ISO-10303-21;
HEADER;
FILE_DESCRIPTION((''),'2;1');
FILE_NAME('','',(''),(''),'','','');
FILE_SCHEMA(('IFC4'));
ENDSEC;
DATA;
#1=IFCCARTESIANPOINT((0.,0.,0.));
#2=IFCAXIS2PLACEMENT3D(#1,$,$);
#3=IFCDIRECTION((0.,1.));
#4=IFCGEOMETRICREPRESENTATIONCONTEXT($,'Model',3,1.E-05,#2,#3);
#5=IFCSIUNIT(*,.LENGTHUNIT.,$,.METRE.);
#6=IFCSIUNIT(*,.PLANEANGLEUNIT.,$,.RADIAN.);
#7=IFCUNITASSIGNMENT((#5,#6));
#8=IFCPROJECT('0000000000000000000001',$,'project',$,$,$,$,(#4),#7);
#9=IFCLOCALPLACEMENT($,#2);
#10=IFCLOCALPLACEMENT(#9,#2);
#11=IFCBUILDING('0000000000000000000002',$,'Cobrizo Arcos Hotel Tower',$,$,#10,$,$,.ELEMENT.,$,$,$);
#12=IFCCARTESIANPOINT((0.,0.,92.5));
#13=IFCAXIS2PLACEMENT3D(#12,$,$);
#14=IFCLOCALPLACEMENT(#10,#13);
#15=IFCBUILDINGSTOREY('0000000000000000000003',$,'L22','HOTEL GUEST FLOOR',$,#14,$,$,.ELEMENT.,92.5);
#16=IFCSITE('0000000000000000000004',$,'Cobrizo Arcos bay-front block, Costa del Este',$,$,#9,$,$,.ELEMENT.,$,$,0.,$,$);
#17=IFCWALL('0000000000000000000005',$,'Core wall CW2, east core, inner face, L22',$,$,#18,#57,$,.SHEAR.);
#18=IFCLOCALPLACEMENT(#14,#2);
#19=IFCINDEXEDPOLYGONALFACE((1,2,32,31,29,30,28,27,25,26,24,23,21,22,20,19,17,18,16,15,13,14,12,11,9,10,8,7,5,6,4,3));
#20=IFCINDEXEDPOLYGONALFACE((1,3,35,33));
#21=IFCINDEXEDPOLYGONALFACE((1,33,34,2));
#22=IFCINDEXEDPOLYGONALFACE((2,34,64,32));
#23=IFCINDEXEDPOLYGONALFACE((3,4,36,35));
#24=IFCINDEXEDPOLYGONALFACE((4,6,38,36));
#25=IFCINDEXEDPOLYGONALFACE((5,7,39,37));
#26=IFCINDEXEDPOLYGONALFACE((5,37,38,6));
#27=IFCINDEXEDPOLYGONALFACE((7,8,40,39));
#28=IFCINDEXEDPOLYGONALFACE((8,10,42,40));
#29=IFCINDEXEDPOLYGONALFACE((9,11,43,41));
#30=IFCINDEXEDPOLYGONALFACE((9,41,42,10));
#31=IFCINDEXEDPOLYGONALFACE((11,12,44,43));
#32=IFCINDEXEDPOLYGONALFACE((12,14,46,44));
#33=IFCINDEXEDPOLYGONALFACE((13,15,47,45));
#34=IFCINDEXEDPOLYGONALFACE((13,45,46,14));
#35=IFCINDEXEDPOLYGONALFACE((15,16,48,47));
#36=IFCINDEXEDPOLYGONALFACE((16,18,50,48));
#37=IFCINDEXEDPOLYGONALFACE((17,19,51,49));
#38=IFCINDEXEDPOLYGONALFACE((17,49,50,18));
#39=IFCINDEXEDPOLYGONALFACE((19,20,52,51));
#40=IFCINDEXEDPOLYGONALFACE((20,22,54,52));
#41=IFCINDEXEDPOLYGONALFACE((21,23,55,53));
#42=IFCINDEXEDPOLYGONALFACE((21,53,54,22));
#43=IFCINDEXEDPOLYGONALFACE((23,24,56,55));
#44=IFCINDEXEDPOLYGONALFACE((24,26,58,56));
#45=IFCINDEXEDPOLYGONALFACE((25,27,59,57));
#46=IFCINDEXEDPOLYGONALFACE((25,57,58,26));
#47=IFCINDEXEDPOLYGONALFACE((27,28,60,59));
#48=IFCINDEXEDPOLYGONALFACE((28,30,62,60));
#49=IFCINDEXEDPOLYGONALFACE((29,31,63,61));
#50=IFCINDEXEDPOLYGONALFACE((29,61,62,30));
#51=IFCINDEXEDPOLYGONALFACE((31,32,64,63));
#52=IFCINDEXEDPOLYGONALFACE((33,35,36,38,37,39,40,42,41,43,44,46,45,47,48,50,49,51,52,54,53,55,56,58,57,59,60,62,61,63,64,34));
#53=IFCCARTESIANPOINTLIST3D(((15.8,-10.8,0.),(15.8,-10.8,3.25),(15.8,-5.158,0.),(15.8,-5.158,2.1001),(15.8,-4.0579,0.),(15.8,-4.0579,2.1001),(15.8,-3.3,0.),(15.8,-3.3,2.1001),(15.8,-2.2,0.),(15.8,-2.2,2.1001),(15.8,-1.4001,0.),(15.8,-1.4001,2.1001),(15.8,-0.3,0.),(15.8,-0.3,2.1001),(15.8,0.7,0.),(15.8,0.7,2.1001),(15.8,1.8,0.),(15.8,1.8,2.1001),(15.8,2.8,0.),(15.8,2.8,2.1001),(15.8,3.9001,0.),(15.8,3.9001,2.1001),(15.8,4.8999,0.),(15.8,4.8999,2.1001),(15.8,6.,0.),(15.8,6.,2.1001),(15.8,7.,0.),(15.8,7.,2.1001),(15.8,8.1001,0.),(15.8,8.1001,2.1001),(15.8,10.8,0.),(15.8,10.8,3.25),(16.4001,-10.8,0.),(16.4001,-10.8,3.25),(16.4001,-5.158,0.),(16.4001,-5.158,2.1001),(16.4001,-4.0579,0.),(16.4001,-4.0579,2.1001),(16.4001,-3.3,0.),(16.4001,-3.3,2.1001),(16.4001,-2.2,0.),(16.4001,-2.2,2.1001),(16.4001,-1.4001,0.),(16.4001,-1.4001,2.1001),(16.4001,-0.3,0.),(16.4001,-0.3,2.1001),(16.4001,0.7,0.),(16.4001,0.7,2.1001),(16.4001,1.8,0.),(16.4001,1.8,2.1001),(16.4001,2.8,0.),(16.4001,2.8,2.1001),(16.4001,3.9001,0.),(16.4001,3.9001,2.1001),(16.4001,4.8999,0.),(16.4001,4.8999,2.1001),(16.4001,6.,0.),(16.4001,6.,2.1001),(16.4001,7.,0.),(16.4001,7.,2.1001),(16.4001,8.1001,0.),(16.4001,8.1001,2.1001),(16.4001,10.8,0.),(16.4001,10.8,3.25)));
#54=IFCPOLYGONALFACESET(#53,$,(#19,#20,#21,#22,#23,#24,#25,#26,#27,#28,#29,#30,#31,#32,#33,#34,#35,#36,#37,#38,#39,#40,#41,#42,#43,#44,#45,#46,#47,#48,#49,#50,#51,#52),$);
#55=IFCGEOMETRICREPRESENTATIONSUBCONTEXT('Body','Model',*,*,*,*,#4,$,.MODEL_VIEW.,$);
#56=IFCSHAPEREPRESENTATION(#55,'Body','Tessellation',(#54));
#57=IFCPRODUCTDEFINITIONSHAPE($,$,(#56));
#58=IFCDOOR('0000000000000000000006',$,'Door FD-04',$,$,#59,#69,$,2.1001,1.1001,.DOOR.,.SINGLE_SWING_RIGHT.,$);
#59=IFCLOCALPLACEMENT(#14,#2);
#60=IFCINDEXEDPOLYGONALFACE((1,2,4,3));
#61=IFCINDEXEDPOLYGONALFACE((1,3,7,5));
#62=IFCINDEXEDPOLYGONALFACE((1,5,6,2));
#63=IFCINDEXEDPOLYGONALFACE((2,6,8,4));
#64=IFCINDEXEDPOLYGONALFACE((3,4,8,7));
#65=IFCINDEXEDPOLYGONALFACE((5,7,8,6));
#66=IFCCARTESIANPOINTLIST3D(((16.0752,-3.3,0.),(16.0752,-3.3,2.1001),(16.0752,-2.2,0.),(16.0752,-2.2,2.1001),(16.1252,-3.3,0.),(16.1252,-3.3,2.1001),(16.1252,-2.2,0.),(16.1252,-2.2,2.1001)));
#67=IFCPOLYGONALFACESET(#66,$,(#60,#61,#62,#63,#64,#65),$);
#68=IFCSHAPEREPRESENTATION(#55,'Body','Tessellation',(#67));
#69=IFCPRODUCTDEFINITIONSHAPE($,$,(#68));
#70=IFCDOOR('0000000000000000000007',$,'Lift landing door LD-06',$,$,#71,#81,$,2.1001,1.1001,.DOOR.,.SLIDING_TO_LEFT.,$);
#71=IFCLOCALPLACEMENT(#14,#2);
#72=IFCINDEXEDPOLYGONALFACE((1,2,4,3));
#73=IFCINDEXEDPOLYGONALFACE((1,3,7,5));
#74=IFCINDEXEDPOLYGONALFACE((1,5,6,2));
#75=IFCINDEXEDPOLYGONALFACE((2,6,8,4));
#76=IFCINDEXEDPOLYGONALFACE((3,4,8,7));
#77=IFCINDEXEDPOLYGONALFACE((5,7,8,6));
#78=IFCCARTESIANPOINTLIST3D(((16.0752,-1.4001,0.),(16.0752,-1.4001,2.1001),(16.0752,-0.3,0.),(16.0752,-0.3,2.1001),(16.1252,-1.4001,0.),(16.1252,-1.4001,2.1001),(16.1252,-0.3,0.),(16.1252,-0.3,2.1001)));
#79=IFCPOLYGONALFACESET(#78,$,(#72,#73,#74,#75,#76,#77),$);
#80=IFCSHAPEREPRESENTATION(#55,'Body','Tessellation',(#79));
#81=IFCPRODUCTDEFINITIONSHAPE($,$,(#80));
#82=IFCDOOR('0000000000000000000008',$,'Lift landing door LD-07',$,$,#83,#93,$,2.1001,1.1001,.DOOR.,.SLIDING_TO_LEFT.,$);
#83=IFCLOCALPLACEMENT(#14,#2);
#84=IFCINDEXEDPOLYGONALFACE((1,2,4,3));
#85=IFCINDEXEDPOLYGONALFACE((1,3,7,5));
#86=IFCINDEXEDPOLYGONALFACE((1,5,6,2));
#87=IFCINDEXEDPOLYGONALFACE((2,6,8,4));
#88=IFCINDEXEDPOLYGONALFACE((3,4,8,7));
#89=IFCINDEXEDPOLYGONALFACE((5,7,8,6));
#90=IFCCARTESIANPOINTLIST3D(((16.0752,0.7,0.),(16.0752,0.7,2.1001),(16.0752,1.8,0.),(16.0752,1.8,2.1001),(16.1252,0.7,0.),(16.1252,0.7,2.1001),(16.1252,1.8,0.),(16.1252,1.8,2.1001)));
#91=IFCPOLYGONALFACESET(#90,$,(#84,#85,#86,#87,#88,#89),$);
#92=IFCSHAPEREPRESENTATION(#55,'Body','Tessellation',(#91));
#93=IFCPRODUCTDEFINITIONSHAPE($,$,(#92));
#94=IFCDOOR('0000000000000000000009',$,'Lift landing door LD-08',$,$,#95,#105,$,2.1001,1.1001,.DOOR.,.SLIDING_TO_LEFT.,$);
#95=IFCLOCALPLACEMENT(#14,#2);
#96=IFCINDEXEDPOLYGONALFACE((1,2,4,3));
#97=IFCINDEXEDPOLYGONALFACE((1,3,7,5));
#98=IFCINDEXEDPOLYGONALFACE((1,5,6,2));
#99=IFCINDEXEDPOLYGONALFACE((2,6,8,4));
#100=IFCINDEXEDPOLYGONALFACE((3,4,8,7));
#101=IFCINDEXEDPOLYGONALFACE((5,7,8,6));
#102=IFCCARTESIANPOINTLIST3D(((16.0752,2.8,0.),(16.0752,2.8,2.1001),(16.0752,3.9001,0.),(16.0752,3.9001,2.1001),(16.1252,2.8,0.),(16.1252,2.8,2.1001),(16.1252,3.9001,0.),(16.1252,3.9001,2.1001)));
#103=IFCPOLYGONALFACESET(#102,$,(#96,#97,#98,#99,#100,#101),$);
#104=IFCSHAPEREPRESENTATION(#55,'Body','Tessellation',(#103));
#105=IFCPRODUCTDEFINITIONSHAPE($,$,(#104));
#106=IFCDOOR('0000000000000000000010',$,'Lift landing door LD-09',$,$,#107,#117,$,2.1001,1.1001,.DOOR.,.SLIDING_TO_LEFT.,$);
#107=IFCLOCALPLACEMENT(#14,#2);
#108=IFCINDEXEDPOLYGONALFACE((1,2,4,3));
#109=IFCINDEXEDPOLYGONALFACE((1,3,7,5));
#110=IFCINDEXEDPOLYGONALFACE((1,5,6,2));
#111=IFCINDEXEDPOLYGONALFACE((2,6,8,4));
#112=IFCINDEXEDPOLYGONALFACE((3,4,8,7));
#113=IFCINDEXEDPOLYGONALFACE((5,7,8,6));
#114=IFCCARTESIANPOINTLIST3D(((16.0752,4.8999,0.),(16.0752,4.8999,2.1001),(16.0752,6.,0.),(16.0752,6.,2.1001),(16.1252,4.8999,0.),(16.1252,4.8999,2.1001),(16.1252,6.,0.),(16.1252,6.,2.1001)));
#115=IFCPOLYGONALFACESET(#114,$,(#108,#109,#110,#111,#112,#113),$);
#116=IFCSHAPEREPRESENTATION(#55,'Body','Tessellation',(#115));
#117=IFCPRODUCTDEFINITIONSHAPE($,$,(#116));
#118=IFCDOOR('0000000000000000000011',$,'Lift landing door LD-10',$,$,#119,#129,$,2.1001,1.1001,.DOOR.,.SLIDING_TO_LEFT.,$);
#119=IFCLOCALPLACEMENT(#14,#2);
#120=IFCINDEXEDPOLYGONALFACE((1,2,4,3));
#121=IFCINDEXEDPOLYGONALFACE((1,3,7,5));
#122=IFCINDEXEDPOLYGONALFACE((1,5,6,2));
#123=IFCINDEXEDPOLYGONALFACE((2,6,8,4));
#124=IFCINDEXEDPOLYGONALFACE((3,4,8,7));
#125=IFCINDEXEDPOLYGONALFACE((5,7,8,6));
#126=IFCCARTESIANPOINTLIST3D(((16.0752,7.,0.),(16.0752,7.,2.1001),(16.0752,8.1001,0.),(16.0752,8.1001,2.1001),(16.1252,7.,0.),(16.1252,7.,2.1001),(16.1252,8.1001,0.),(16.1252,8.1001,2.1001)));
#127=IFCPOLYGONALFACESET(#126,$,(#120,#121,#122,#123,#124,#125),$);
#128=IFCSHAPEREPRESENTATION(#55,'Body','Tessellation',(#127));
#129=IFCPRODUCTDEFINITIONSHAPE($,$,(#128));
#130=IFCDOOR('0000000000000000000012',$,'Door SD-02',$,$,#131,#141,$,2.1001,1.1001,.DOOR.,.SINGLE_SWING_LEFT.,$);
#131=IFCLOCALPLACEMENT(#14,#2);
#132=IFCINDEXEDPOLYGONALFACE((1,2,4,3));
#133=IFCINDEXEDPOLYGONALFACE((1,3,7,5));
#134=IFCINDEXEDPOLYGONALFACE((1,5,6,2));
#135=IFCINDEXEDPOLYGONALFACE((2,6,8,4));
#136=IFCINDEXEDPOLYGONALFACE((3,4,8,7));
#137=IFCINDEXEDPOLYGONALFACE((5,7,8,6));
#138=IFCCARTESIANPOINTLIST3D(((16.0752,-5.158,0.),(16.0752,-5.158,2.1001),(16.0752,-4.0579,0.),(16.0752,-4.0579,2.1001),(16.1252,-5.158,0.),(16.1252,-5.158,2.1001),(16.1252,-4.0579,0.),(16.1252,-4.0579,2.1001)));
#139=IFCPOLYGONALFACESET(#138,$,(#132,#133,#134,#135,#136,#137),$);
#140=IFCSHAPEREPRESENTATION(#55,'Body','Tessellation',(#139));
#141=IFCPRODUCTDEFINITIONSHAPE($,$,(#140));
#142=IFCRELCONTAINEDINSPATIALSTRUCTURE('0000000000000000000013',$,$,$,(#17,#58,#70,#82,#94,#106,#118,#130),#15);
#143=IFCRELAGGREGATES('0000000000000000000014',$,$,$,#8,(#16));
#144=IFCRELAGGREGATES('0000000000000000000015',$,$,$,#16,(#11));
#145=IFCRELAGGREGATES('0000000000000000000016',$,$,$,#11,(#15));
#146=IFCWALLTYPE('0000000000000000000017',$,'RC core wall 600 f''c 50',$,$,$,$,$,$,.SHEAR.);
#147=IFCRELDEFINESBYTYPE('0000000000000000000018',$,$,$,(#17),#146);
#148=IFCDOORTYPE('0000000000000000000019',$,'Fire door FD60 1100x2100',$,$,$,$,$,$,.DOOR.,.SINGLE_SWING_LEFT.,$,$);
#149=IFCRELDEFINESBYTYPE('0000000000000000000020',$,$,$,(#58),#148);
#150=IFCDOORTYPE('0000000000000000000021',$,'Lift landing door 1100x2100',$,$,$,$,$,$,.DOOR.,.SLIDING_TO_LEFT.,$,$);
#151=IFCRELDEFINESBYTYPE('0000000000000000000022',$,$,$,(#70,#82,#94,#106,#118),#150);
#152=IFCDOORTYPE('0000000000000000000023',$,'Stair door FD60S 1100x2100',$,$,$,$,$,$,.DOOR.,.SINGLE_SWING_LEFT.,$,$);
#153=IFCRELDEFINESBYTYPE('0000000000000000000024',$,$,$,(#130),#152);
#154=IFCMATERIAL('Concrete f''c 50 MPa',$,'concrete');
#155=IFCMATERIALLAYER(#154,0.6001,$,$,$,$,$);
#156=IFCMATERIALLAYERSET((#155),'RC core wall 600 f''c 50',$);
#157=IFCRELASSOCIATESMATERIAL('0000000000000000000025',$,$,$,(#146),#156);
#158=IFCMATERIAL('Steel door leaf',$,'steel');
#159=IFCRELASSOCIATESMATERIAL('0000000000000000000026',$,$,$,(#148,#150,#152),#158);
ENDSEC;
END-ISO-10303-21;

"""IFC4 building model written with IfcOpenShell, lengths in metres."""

from ifc_helpers import new_model, si_unit, direction, frame, frame_2d, origin, place, context, subcontext, project, spatial, rectangle, extrude, material, layer, layer_set, type_object, element, fill, save


model = new_model("IFC4")

# Units and contexts
model_context = context("Model", 3, precision=1e-05, world=origin(), true_north=direction((0.0, 1.0)))
body_context = subcontext(model_context, "Body", "Model", "MODEL_VIEW")
ifc_project = project(units=[si_unit("LENGTHUNIT", "METRE"), si_unit("PLANEANGLEUNIT", "RADIAN")], contexts=[model_context])

# Site, building, storey
site_placement = place(None, origin())
site = spatial("IfcSite", under=ifc_project, at=site_placement, Name="Cobrizo Arcos bay-front block, Costa del Este", CompositionType="ELEMENT", RefElevation=0.0)
building_placement = place(site_placement, origin())
building = spatial("IfcBuilding", under=site, at=building_placement, Name="Cobrizo Arcos Hotel Tower", CompositionType="ELEMENT")
storey_placement = place(building_placement, frame((0.0, 0.0, 92.5)))
storey = spatial("IfcBuildingStorey", under=building, at=storey_placement, Name="L22", Description="HOTEL GUEST FLOOR", CompositionType="ELEMENT", Elevation=92.5)

# Wall, openings, doors
ifc_material_1 = material(Name="Concrete f'c 50 MPa", Category="concrete")
ifc_layer_1 = layer(ifc_material_1, 0.6001)
ifc_layer_set_1 = layer_set([ifc_layer_1], Name="RC core wall 600 f'c 50")
wall_type_1 = type_object("IfcWallType", Name="RC core wall 600 f'c 50", PredefinedType="SHEAR", material=ifc_layer_set_1)
wall_1_placement = place(storey_placement, frame((16.1001, -10.8, 0.0), z_axis=(0.0, 0.0, 1.0), x_axis=(0.0, 1.0, 0.0)))
wall_1 = element("IfcWall", 1, at=wall_1_placement, inside=storey, type_object=wall_type_1, Name="Core wall CW2, east core, inner face, L22", PredefinedType="SHEAR", context=body_context, shape_type="SweptSolid", body=[
    extrude(rectangle(XDim=21.6001, YDim=0.6001, at=frame_2d((10.8, 0.0))), origin(), (0.0, 0.0, 1.0), 3.25),
])
opening_1_placement = place(wall_1_placement, frame((9.3999, 0.0, 0.0)))
opening_1 = element("IfcOpeningElement", 2, at=opening_1_placement, cuts=wall_1, PredefinedType="OPENING", context=body_context, shape_type="SweptSolid", body=[
    extrude(rectangle(XDim=1.1001, YDim=2.1001, at=frame_2d((0.55, 1.05))), frame((0.0, 0.312, 0.0), z_axis=(0.0, -1.0, 0.0), x_axis=(1.0, 0.0, 0.0)), (0.0, 0.0, 1.0), 0.624),
])
opening_2_placement = place(wall_1_placement, frame((11.5, 0.0, 0.0)))
opening_2 = element("IfcOpeningElement", 3, at=opening_2_placement, cuts=wall_1, PredefinedType="OPENING", context=body_context, shape_type="SweptSolid", body=[
    extrude(rectangle(XDim=1.1001, YDim=2.1001, at=frame_2d((0.55, 1.05))), frame((0.0, 0.312, 0.0), z_axis=(0.0, -1.0, 0.0), x_axis=(1.0, 0.0, 0.0)), (0.0, 0.0, 1.0), 0.624),
])
opening_3_placement = place(wall_1_placement, frame((13.6001, 0.0, 0.0)))
opening_3 = element("IfcOpeningElement", 4, at=opening_3_placement, cuts=wall_1, PredefinedType="OPENING", context=body_context, shape_type="SweptSolid", body=[
    extrude(rectangle(XDim=1.1001, YDim=2.1001, at=frame_2d((0.55, 1.05))), frame((0.0, 0.312, 0.0), z_axis=(0.0, -1.0, 0.0), x_axis=(1.0, 0.0, 0.0)), (0.0, 0.0, 1.0), 0.624),
])
opening_4_placement = place(wall_1_placement, frame((15.7, 0.0, 0.0)))
opening_4 = element("IfcOpeningElement", 5, at=opening_4_placement, cuts=wall_1, PredefinedType="OPENING", context=body_context, shape_type="SweptSolid", body=[
    extrude(rectangle(XDim=1.1001, YDim=2.1001, at=frame_2d((0.55, 1.05))), frame((0.0, 0.312, 0.0), z_axis=(0.0, -1.0, 0.0), x_axis=(1.0, 0.0, 0.0)), (0.0, 0.0, 1.0), 0.624),
])
opening_5_placement = place(wall_1_placement, frame((17.8, 0.0, 0.0)))
opening_5 = element("IfcOpeningElement", 6, at=opening_5_placement, cuts=wall_1, PredefinedType="OPENING", context=body_context, shape_type="SweptSolid", body=[
    extrude(rectangle(XDim=1.1001, YDim=2.1001, at=frame_2d((0.55, 1.05))), frame((0.0, 0.312, 0.0), z_axis=(0.0, -1.0, 0.0), x_axis=(1.0, 0.0, 0.0)), (0.0, 0.0, 1.0), 0.624),
])
opening_6_placement = place(wall_1_placement, frame((5.6421, 0.0, 0.0)))
opening_6 = element("IfcOpeningElement", 7, at=opening_6_placement, cuts=wall_1, PredefinedType="OPENING", context=body_context, shape_type="SweptSolid", body=[
    extrude(rectangle(XDim=1.1001, YDim=2.1001, at=frame_2d((0.55, 1.05))), frame((0.0, 0.312, 0.0), z_axis=(0.0, -1.0, 0.0), x_axis=(1.0, 0.0, 0.0)), (0.0, 0.0, 1.0), 0.624),
])
opening_7_placement = place(wall_1_placement, frame((7.5, 0.0, 0.0)))
opening_7 = element("IfcOpeningElement", 8, at=opening_7_placement, cuts=wall_1, PredefinedType="OPENING", context=body_context, shape_type="SweptSolid", body=[
    extrude(rectangle(XDim=1.1001, YDim=2.1001, at=frame_2d((0.55, 1.05))), frame((0.0, 0.312, 0.0), z_axis=(0.0, -1.0, 0.0), x_axis=(1.0, 0.0, 0.0)), (0.0, 0.0, 1.0), 0.624),
])
ifc_material_2 = material(Name="Steel door leaf", Category="steel")
door_type_1 = type_object("IfcDoorType", Name="Fire door FD60 1100x2100", OperationType="SINGLE_SWING_LEFT", PredefinedType="DOOR", material=ifc_material_2)
door_1_placement = place(opening_7_placement, origin())
door_1 = element("IfcDoor", 9, at=door_1_placement, inside=storey, type_object=door_type_1, Name="Door FD-04", OperationType="SINGLE_SWING_RIGHT", OverallHeight=2.1001, OverallWidth=1.1001, PredefinedType="DOOR", context=body_context, shape_type="SweptSolid", body=[
    extrude(rectangle(XDim=1.1001, YDim=2.1001, at=frame_2d((0.55, 1.05))), frame((0.0, 0.0249, 0.0), z_axis=(0.0, -1.0, 0.0), x_axis=(1.0, 0.0, 0.0)), (0.0, 0.0, 1.0), 0.05),
])
fill(opening_7, door_1)
door_type_2 = type_object("IfcDoorType", Name="Lift landing door 1100x2100", OperationType="SLIDING_TO_LEFT", PredefinedType="DOOR", material=ifc_material_2)
door_2_placement = place(opening_1_placement, origin())
door_2 = element("IfcDoor", 10, at=door_2_placement, inside=storey, type_object=door_type_2, Name="Lift landing door LD-06", OperationType="SLIDING_TO_LEFT", OverallHeight=2.1001, OverallWidth=1.1001, PredefinedType="DOOR", context=body_context, shape_type="SweptSolid", body=[
    extrude(rectangle(XDim=1.1001, YDim=2.1001, at=frame_2d((0.55, 1.05))), frame((0.0, 0.0249, 0.0), z_axis=(0.0, -1.0, 0.0), x_axis=(1.0, 0.0, 0.0)), (0.0, 0.0, 1.0), 0.05),
])
fill(opening_1, door_2)
door_3_placement = place(opening_2_placement, origin())
door_3 = element("IfcDoor", 11, at=door_3_placement, inside=storey, type_object=door_type_2, Name="Lift landing door LD-07", OperationType="SLIDING_TO_LEFT", OverallHeight=2.1001, OverallWidth=1.1001, PredefinedType="DOOR", context=body_context, shape_type="SweptSolid", body=[
    extrude(rectangle(XDim=1.1001, YDim=2.1001, at=frame_2d((0.55, 1.05))), frame((0.0, 0.0249, 0.0), z_axis=(0.0, -1.0, 0.0), x_axis=(1.0, 0.0, 0.0)), (0.0, 0.0, 1.0), 0.05),
])
fill(opening_2, door_3)
door_4_placement = place(opening_3_placement, origin())
door_4 = element("IfcDoor", 12, at=door_4_placement, inside=storey, type_object=door_type_2, Name="Lift landing door LD-08", OperationType="SLIDING_TO_LEFT", OverallHeight=2.1001, OverallWidth=1.1001, PredefinedType="DOOR", context=body_context, shape_type="SweptSolid", body=[
    extrude(rectangle(XDim=1.1001, YDim=2.1001, at=frame_2d((0.55, 1.05))), frame((0.0, 0.0249, 0.0), z_axis=(0.0, -1.0, 0.0), x_axis=(1.0, 0.0, 0.0)), (0.0, 0.0, 1.0), 0.05),
])
fill(opening_3, door_4)
door_5_placement = place(opening_4_placement, origin())
door_5 = element("IfcDoor", 13, at=door_5_placement, inside=storey, type_object=door_type_2, Name="Lift landing door LD-09", OperationType="SLIDING_TO_LEFT", OverallHeight=2.1001, OverallWidth=1.1001, PredefinedType="DOOR", context=body_context, shape_type="SweptSolid", body=[
    extrude(rectangle(XDim=1.1001, YDim=2.1001, at=frame_2d((0.55, 1.05))), frame((0.0, 0.0249, 0.0), z_axis=(0.0, -1.0, 0.0), x_axis=(1.0, 0.0, 0.0)), (0.0, 0.0, 1.0), 0.05),
])
fill(opening_4, door_5)
door_6_placement = place(opening_5_placement, origin())
door_6 = element("IfcDoor", 14, at=door_6_placement, inside=storey, type_object=door_type_2, Name="Lift landing door LD-10", OperationType="SLIDING_TO_LEFT", OverallHeight=2.1001, OverallWidth=1.1001, PredefinedType="DOOR", context=body_context, shape_type="SweptSolid", body=[
    extrude(rectangle(XDim=1.1001, YDim=2.1001, at=frame_2d((0.55, 1.05))), frame((0.0, 0.0249, 0.0), z_axis=(0.0, -1.0, 0.0), x_axis=(1.0, 0.0, 0.0)), (0.0, 0.0, 1.0), 0.05),
])
fill(opening_5, door_6)
door_type_3 = type_object("IfcDoorType", Name="Stair door FD60S 1100x2100", OperationType="SINGLE_SWING_LEFT", PredefinedType="DOOR", material=ifc_material_2)
door_7_placement = place(opening_6_placement, origin())
door_7 = element("IfcDoor", 15, at=door_7_placement, inside=storey, type_object=door_type_3, Name="Door SD-02", OperationType="SINGLE_SWING_LEFT", OverallHeight=2.1001, OverallWidth=1.1001, PredefinedType="DOOR", context=body_context, shape_type="SweptSolid", body=[
    extrude(rectangle(XDim=1.1001, YDim=2.1001, at=frame_2d((0.55, 1.05))), frame((0.0, 0.0249, 0.0), z_axis=(0.0, -1.0, 0.0), x_axis=(1.0, 0.0, 0.0)), (0.0, 0.0, 1.0), 0.05),
])
fill(opening_6, door_7)

save(model, "model.ifc")
